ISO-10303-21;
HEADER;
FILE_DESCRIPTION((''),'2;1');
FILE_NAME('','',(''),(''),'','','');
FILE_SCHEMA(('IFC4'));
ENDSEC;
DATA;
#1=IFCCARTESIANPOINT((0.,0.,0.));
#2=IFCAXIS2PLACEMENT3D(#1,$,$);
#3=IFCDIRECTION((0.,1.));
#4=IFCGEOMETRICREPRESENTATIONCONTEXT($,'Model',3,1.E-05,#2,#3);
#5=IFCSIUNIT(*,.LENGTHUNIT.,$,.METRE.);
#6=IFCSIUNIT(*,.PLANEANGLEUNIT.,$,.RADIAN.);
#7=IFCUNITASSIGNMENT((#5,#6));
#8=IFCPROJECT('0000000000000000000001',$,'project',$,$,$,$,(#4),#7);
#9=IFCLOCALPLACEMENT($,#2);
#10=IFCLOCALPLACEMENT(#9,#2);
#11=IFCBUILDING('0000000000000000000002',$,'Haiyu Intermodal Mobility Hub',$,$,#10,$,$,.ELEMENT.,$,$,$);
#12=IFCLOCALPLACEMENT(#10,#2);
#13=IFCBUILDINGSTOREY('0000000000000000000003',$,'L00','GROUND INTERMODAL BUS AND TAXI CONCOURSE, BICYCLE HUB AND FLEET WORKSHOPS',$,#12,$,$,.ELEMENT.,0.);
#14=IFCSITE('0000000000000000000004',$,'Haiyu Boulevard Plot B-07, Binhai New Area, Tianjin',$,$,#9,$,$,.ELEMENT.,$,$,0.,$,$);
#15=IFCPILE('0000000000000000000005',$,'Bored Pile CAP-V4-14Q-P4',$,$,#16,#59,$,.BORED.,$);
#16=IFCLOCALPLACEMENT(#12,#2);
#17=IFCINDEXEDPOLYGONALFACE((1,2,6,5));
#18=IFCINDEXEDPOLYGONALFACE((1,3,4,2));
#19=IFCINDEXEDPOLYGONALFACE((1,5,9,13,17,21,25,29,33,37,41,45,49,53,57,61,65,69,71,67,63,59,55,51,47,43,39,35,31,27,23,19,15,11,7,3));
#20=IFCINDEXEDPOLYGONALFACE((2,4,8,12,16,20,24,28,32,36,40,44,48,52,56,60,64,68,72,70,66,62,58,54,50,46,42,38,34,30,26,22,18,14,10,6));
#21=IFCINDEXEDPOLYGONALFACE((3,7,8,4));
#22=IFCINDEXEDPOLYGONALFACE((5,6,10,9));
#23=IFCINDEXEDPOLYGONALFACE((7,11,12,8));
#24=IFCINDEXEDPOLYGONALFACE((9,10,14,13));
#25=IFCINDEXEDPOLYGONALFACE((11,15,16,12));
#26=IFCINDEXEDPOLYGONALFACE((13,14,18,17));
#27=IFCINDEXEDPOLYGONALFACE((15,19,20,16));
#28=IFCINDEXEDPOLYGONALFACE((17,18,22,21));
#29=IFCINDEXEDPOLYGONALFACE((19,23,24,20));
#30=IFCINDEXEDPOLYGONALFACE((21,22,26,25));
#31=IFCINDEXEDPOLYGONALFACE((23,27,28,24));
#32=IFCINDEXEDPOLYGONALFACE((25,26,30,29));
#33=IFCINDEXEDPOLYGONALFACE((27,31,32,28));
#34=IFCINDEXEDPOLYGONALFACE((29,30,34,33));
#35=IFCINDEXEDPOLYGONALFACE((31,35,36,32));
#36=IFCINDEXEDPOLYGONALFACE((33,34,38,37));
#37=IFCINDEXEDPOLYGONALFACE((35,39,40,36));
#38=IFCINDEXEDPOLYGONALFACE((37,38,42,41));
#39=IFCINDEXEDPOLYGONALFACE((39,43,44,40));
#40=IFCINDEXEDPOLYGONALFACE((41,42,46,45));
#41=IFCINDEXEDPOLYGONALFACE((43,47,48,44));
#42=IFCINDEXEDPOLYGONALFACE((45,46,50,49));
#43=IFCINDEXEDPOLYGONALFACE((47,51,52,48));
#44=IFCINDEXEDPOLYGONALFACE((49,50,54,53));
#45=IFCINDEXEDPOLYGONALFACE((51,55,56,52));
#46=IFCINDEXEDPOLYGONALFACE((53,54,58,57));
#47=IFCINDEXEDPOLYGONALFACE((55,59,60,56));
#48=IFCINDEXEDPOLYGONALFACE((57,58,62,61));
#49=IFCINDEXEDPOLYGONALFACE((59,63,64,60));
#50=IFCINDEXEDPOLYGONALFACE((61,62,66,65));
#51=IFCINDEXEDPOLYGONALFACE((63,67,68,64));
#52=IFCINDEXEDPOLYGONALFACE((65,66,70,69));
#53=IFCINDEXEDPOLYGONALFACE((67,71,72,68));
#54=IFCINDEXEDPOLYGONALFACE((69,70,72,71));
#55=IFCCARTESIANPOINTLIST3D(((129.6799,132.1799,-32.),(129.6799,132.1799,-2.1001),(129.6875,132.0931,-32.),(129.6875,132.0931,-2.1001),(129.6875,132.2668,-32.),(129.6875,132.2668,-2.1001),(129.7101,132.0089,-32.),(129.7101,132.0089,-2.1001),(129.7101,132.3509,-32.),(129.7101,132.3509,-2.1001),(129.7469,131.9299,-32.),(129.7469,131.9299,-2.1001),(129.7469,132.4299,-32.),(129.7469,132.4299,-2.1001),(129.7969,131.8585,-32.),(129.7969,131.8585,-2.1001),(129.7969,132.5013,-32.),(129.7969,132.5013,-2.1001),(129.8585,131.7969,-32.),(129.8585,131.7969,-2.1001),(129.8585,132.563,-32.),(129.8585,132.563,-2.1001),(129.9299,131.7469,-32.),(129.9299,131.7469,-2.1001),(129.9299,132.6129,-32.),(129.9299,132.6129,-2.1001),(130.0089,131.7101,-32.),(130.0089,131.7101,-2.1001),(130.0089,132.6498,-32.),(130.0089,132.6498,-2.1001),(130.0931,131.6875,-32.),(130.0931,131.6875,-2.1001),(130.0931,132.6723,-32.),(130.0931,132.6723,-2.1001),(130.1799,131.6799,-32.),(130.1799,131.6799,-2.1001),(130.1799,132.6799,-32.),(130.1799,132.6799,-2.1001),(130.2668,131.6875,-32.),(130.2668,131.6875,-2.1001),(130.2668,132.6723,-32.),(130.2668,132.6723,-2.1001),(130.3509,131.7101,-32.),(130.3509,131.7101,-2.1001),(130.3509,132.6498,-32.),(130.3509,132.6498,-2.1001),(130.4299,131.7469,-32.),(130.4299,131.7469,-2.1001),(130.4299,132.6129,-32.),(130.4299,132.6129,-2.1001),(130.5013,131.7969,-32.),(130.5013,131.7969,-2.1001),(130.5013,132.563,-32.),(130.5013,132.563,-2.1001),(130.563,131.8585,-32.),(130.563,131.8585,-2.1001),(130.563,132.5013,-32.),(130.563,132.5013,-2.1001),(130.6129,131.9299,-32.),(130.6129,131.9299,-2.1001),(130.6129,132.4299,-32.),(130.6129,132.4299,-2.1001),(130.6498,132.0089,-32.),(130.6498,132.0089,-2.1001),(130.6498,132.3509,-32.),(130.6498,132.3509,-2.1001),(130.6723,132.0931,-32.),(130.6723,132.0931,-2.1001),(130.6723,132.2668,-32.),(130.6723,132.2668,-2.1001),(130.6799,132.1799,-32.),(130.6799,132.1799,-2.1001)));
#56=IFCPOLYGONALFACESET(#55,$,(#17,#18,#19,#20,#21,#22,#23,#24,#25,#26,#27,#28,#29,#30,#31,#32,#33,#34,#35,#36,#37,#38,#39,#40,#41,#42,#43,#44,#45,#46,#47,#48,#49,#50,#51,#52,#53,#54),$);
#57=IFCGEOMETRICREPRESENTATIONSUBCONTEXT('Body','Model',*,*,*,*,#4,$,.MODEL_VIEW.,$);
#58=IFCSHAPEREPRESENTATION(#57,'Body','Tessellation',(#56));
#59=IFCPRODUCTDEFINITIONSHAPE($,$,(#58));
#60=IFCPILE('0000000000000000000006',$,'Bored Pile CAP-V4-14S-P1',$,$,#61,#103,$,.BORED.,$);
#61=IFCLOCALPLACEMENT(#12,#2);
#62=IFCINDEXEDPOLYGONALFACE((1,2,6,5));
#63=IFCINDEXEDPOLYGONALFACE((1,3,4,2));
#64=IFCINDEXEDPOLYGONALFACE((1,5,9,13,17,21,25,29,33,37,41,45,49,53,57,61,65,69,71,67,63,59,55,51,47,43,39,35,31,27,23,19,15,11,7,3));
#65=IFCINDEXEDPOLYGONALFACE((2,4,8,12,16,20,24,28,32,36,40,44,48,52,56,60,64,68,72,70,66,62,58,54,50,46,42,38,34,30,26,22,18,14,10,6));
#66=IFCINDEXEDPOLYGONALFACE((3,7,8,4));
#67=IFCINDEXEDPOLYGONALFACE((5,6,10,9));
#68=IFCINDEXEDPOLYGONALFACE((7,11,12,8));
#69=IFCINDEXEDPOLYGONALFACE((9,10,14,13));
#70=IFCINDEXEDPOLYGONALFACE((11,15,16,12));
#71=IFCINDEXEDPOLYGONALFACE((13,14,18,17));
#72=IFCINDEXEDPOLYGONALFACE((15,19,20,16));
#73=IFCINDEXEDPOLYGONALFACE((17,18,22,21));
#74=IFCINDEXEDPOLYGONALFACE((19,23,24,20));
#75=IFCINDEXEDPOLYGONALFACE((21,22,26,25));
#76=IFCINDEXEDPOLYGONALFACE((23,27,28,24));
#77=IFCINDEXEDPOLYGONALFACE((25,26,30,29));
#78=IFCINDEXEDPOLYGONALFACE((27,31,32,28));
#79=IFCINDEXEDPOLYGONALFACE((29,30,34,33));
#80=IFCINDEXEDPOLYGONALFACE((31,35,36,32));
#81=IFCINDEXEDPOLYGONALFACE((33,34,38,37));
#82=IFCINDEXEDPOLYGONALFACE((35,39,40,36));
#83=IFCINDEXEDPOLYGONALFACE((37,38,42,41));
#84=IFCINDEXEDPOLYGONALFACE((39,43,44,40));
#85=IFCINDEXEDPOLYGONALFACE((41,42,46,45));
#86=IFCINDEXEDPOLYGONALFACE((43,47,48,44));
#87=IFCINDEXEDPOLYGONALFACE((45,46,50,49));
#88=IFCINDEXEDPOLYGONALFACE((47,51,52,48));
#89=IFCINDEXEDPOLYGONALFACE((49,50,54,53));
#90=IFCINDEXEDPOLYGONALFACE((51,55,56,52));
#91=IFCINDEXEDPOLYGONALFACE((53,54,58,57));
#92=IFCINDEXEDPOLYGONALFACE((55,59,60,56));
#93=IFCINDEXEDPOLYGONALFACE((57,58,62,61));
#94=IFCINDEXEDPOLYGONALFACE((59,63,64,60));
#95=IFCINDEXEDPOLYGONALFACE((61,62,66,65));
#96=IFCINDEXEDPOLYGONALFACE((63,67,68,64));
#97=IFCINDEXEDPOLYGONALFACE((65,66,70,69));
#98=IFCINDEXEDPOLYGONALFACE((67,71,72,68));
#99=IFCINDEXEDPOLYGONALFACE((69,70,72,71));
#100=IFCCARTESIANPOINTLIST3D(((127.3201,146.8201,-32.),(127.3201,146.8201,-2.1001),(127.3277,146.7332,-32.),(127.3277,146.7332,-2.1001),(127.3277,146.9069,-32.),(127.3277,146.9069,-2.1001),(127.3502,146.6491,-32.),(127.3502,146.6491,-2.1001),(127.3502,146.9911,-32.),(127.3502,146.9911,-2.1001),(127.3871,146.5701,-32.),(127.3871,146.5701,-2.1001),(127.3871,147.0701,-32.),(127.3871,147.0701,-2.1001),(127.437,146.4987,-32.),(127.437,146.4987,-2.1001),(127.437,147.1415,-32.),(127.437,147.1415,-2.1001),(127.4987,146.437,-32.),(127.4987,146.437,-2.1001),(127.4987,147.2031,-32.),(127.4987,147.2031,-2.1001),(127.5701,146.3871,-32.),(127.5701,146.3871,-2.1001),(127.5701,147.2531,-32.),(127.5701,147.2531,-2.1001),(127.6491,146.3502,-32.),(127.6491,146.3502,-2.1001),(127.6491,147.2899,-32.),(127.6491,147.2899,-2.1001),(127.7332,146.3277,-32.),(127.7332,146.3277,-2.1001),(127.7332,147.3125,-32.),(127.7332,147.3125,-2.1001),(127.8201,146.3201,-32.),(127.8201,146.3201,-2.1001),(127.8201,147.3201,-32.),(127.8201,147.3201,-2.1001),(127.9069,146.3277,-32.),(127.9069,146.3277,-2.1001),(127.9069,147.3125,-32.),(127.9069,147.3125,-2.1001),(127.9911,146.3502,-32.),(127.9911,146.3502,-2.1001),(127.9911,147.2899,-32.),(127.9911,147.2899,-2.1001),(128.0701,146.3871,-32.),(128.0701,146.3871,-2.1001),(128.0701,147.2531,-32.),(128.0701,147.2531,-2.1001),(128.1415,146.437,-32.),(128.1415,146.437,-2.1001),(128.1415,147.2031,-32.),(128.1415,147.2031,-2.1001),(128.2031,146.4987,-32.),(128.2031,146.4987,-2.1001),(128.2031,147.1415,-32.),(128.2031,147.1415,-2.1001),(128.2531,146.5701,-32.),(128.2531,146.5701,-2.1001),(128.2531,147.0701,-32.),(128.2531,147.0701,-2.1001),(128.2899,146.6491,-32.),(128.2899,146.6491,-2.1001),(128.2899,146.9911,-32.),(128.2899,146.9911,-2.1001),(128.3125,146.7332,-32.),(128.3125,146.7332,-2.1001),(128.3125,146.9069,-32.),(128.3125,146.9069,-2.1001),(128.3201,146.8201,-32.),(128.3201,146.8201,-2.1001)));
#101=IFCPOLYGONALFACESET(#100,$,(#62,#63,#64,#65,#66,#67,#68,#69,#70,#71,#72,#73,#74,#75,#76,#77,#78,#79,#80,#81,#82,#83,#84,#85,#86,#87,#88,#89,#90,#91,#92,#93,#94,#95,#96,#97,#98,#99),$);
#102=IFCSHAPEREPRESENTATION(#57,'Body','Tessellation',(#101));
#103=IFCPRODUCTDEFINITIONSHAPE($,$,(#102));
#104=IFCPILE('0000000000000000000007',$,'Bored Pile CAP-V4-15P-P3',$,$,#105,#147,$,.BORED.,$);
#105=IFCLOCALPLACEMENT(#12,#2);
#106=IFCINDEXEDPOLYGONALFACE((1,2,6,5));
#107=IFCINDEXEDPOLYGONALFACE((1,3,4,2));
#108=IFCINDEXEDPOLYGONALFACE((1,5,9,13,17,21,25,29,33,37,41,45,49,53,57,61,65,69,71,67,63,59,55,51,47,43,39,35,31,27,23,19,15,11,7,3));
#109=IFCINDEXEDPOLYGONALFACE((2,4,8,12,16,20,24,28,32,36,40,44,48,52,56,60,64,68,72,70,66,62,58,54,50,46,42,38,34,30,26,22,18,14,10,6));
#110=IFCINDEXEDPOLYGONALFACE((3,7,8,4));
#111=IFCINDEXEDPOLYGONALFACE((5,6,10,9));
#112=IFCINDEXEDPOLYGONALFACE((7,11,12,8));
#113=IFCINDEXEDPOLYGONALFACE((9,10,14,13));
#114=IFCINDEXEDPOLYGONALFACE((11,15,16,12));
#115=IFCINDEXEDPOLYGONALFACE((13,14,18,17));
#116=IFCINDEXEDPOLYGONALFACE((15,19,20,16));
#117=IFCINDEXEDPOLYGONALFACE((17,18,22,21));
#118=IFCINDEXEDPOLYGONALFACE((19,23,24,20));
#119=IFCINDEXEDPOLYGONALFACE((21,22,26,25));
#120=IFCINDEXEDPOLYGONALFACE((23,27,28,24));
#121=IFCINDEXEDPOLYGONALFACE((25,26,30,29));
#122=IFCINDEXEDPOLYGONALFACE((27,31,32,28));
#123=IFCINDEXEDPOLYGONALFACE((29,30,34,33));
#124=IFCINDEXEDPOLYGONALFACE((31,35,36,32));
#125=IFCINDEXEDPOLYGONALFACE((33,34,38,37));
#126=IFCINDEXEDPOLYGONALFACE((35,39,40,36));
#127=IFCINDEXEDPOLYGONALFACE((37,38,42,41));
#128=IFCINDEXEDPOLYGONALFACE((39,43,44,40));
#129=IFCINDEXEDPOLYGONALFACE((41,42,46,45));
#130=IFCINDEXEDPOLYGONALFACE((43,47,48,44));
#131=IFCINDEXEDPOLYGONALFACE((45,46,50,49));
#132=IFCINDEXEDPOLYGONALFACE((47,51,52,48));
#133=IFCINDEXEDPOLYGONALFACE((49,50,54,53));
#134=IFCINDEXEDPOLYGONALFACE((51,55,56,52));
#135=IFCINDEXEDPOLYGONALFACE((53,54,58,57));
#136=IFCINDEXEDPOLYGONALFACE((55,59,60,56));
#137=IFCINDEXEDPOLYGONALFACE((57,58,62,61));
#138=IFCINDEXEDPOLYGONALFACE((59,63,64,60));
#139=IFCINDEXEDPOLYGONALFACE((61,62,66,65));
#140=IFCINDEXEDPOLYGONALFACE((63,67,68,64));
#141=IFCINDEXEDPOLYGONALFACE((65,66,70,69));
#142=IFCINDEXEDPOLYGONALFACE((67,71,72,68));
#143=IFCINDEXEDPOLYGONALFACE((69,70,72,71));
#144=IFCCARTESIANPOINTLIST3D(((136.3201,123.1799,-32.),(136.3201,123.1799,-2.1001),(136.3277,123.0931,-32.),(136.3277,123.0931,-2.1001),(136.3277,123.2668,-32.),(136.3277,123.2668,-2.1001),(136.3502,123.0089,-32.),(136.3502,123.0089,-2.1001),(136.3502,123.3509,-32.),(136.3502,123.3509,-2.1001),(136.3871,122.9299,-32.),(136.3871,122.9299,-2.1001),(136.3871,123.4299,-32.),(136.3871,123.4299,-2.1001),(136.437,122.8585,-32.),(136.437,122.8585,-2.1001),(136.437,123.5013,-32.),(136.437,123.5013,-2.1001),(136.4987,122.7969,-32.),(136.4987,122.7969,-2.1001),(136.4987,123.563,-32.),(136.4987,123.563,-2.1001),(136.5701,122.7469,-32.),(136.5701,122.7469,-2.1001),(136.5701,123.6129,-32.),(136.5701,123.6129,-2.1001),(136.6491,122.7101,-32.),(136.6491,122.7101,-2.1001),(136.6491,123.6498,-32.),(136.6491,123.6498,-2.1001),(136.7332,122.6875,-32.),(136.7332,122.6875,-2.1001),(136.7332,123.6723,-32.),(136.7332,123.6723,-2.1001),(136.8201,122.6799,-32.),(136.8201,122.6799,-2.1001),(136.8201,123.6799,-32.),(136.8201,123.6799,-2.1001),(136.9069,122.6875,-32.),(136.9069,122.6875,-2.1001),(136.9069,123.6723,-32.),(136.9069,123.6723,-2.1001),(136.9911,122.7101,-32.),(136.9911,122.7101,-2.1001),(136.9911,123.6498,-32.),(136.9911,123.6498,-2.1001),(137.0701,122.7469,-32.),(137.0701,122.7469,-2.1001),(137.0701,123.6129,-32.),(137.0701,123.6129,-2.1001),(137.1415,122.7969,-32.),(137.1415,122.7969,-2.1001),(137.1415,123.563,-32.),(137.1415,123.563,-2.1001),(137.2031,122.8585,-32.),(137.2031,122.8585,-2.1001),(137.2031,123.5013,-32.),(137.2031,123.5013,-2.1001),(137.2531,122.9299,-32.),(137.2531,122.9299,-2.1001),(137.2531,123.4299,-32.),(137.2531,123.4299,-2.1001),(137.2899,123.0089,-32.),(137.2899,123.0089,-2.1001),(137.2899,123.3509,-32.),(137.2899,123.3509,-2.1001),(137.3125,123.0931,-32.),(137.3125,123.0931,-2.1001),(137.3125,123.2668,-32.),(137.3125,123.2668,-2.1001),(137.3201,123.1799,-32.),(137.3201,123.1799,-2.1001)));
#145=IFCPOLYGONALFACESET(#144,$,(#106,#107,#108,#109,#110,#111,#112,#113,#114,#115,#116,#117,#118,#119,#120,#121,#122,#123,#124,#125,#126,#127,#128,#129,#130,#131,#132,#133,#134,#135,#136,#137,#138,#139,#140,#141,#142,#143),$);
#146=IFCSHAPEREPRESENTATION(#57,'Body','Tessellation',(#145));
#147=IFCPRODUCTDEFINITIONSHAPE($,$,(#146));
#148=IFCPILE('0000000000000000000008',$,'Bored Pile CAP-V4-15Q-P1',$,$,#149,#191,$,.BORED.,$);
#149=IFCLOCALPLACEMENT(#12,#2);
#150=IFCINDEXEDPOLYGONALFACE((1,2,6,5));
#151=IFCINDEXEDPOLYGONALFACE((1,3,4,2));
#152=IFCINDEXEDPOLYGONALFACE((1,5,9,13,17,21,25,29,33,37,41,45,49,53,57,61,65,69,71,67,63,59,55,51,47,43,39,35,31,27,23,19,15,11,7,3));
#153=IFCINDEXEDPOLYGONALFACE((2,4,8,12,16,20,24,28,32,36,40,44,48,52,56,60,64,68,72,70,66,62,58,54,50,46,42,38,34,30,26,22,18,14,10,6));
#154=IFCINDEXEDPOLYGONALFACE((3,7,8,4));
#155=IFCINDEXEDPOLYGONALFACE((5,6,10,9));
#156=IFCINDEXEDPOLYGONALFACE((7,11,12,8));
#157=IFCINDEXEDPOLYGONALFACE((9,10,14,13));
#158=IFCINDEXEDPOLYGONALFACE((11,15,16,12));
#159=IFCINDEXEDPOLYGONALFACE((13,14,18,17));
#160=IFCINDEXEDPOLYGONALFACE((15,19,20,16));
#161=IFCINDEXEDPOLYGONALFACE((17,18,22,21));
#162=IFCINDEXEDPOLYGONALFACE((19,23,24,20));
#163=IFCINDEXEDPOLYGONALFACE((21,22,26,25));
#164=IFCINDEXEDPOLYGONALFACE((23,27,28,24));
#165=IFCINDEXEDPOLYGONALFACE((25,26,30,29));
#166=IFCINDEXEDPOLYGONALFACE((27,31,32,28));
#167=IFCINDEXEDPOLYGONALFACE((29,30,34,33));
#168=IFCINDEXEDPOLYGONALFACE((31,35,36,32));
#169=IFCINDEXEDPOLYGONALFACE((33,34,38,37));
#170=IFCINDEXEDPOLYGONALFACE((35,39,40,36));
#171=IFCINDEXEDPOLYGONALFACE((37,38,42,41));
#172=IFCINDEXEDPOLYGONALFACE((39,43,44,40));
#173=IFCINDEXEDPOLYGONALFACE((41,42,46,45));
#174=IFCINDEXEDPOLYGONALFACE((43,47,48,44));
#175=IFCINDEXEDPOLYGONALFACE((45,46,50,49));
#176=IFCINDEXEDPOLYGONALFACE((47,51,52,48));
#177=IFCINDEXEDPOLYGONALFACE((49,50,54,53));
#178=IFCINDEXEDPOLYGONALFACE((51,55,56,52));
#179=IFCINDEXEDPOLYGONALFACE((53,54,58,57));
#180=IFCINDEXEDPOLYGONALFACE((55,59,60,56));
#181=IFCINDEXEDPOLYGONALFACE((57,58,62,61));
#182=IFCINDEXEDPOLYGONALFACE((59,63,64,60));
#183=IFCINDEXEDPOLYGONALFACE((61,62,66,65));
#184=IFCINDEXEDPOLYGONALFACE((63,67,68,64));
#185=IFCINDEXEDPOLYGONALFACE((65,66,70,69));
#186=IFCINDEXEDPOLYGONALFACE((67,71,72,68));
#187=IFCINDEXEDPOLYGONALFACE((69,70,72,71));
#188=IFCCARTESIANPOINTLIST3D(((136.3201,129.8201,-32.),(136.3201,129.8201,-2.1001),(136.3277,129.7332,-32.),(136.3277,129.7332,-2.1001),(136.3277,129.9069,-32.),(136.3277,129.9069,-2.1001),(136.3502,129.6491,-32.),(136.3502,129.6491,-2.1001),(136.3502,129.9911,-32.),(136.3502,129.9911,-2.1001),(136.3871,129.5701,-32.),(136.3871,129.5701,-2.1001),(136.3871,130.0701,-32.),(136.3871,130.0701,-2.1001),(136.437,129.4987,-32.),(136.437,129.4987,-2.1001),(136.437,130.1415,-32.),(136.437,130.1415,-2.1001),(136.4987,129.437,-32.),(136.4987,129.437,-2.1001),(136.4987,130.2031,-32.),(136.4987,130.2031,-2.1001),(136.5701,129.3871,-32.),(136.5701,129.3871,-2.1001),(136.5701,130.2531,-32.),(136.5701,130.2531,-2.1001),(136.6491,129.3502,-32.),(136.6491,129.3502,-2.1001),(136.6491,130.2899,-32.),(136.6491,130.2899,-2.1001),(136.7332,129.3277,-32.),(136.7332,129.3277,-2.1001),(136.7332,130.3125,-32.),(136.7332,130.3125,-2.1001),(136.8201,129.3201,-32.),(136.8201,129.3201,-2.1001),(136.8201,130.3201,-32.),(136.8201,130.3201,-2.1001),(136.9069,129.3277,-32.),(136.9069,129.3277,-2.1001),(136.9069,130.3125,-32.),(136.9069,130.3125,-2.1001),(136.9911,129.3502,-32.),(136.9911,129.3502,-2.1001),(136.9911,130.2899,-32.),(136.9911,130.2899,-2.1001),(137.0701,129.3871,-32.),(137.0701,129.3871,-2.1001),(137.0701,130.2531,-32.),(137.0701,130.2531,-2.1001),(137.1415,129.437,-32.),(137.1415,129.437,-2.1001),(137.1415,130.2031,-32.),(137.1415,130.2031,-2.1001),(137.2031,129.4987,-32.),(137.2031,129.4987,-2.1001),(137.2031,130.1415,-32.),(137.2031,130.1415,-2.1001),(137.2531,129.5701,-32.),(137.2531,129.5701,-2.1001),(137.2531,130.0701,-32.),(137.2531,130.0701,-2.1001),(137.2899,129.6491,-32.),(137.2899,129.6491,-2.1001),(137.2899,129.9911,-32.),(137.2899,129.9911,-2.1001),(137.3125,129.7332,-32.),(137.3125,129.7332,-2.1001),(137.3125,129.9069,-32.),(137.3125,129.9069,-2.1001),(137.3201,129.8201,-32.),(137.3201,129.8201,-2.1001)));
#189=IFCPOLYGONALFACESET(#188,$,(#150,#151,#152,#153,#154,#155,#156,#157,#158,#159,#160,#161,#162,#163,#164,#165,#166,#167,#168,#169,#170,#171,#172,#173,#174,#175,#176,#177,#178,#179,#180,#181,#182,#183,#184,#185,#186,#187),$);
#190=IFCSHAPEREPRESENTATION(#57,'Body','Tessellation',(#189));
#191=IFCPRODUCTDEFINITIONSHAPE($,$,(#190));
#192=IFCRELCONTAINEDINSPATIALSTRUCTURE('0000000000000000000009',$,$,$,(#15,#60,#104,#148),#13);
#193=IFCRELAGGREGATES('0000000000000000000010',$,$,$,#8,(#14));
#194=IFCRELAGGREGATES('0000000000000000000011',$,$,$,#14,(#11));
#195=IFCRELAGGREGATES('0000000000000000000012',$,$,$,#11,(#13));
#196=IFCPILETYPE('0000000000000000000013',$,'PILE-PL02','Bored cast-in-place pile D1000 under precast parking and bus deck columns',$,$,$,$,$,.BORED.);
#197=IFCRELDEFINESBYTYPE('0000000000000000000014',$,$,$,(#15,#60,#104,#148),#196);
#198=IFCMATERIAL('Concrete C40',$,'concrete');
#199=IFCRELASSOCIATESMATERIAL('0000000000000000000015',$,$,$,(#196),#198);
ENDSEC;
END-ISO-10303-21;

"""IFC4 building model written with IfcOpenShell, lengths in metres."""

from ifc_helpers import new_model, si_unit, direction, frame, origin, origin_2d, place, context, subcontext, project, spatial, circle, extrude, material, material_profile, profile_set, type_object, element, save


model = new_model("IFC4")

# Units and contexts
model_context = context("Model", 3, precision=1e-05, world=origin(), true_north=direction((0.0, 1.0)))
body_context = subcontext(model_context, "Body", "Model", "MODEL_VIEW")
ifc_project = project(units=[si_unit("LENGTHUNIT", "METRE"), si_unit("PLANEANGLEUNIT", "RADIAN")], contexts=[model_context])

# Site, building, storey
site_placement = place(None, origin())
site = spatial("IfcSite", under=ifc_project, at=site_placement, Name="Haiyu Boulevard Plot B-07, Binhai New Area, Tianjin", CompositionType="ELEMENT", RefElevation=0.0)
building_placement = place(site_placement, origin())
building = spatial("IfcBuilding", under=site, at=building_placement, Name="Haiyu Intermodal Mobility Hub", CompositionType="ELEMENT")
storey_placement = place(building_placement, origin())
storey = spatial("IfcBuildingStorey", under=building, at=storey_placement, Name="L00", Description="GROUND INTERMODAL BUS AND TAXI CONCOURSE, BICYCLE HUB AND FLEET WORKSHOPS", CompositionType="ELEMENT", Elevation=0.0)

# Shared definitions
ifc_material_1 = material(Name="Concrete C40", Category="concrete")

# Piles
ifc_material_profile_1 = material_profile(ifc_material_1, circle(Radius=0.5, at=origin_2d()), Name="PILE-D1000")
ifc_profile_set_1 = profile_set([ifc_material_profile_1], Name="Concrete C40")
pile_type = type_object("IfcPileType", Name="PILE-PL02", Description="Bored cast-in-place pile D1000 under precast parking and bus deck columns", PredefinedType="BORED", material=ifc_profile_set_1)
for number, where, z_axis, x_axis, name in (
    (1, (130.1799, 132.1799, -2.1001), (0.0, 0.0, -1.0), (1.0, 0.0, 0.0), "Bored Pile CAP-V4-14Q-P4"),
    (2, (127.8201, 146.8201, -2.1001), (0.0, 0.0, -1.0), (1.0, 0.0, 0.0), "Bored Pile CAP-V4-14S-P1"),
    (3, (136.8201, 123.1799, -2.1001), (0.0, 0.0, -1.0), (1.0, 0.0, 0.0), "Bored Pile CAP-V4-15P-P3"),
    (4, (136.8201, 129.8201, -2.1001), (0.0, 0.0, -1.0), (1.0, 0.0, 0.0), "Bored Pile CAP-V4-15Q-P1"),
):
    element("IfcPile", number, at=place(storey_placement, frame(where, z_axis=z_axis, x_axis=x_axis)), inside=storey, type_object=pile_type, Name=name, PredefinedType="BORED", context=body_context, shape_type="SweptSolid", body=[
        extrude(circle(Radius=0.5, at=origin_2d()), origin(), (0.0, 0.0, 1.0), 29.8999),
    ])

save(model, "model.ifc")
